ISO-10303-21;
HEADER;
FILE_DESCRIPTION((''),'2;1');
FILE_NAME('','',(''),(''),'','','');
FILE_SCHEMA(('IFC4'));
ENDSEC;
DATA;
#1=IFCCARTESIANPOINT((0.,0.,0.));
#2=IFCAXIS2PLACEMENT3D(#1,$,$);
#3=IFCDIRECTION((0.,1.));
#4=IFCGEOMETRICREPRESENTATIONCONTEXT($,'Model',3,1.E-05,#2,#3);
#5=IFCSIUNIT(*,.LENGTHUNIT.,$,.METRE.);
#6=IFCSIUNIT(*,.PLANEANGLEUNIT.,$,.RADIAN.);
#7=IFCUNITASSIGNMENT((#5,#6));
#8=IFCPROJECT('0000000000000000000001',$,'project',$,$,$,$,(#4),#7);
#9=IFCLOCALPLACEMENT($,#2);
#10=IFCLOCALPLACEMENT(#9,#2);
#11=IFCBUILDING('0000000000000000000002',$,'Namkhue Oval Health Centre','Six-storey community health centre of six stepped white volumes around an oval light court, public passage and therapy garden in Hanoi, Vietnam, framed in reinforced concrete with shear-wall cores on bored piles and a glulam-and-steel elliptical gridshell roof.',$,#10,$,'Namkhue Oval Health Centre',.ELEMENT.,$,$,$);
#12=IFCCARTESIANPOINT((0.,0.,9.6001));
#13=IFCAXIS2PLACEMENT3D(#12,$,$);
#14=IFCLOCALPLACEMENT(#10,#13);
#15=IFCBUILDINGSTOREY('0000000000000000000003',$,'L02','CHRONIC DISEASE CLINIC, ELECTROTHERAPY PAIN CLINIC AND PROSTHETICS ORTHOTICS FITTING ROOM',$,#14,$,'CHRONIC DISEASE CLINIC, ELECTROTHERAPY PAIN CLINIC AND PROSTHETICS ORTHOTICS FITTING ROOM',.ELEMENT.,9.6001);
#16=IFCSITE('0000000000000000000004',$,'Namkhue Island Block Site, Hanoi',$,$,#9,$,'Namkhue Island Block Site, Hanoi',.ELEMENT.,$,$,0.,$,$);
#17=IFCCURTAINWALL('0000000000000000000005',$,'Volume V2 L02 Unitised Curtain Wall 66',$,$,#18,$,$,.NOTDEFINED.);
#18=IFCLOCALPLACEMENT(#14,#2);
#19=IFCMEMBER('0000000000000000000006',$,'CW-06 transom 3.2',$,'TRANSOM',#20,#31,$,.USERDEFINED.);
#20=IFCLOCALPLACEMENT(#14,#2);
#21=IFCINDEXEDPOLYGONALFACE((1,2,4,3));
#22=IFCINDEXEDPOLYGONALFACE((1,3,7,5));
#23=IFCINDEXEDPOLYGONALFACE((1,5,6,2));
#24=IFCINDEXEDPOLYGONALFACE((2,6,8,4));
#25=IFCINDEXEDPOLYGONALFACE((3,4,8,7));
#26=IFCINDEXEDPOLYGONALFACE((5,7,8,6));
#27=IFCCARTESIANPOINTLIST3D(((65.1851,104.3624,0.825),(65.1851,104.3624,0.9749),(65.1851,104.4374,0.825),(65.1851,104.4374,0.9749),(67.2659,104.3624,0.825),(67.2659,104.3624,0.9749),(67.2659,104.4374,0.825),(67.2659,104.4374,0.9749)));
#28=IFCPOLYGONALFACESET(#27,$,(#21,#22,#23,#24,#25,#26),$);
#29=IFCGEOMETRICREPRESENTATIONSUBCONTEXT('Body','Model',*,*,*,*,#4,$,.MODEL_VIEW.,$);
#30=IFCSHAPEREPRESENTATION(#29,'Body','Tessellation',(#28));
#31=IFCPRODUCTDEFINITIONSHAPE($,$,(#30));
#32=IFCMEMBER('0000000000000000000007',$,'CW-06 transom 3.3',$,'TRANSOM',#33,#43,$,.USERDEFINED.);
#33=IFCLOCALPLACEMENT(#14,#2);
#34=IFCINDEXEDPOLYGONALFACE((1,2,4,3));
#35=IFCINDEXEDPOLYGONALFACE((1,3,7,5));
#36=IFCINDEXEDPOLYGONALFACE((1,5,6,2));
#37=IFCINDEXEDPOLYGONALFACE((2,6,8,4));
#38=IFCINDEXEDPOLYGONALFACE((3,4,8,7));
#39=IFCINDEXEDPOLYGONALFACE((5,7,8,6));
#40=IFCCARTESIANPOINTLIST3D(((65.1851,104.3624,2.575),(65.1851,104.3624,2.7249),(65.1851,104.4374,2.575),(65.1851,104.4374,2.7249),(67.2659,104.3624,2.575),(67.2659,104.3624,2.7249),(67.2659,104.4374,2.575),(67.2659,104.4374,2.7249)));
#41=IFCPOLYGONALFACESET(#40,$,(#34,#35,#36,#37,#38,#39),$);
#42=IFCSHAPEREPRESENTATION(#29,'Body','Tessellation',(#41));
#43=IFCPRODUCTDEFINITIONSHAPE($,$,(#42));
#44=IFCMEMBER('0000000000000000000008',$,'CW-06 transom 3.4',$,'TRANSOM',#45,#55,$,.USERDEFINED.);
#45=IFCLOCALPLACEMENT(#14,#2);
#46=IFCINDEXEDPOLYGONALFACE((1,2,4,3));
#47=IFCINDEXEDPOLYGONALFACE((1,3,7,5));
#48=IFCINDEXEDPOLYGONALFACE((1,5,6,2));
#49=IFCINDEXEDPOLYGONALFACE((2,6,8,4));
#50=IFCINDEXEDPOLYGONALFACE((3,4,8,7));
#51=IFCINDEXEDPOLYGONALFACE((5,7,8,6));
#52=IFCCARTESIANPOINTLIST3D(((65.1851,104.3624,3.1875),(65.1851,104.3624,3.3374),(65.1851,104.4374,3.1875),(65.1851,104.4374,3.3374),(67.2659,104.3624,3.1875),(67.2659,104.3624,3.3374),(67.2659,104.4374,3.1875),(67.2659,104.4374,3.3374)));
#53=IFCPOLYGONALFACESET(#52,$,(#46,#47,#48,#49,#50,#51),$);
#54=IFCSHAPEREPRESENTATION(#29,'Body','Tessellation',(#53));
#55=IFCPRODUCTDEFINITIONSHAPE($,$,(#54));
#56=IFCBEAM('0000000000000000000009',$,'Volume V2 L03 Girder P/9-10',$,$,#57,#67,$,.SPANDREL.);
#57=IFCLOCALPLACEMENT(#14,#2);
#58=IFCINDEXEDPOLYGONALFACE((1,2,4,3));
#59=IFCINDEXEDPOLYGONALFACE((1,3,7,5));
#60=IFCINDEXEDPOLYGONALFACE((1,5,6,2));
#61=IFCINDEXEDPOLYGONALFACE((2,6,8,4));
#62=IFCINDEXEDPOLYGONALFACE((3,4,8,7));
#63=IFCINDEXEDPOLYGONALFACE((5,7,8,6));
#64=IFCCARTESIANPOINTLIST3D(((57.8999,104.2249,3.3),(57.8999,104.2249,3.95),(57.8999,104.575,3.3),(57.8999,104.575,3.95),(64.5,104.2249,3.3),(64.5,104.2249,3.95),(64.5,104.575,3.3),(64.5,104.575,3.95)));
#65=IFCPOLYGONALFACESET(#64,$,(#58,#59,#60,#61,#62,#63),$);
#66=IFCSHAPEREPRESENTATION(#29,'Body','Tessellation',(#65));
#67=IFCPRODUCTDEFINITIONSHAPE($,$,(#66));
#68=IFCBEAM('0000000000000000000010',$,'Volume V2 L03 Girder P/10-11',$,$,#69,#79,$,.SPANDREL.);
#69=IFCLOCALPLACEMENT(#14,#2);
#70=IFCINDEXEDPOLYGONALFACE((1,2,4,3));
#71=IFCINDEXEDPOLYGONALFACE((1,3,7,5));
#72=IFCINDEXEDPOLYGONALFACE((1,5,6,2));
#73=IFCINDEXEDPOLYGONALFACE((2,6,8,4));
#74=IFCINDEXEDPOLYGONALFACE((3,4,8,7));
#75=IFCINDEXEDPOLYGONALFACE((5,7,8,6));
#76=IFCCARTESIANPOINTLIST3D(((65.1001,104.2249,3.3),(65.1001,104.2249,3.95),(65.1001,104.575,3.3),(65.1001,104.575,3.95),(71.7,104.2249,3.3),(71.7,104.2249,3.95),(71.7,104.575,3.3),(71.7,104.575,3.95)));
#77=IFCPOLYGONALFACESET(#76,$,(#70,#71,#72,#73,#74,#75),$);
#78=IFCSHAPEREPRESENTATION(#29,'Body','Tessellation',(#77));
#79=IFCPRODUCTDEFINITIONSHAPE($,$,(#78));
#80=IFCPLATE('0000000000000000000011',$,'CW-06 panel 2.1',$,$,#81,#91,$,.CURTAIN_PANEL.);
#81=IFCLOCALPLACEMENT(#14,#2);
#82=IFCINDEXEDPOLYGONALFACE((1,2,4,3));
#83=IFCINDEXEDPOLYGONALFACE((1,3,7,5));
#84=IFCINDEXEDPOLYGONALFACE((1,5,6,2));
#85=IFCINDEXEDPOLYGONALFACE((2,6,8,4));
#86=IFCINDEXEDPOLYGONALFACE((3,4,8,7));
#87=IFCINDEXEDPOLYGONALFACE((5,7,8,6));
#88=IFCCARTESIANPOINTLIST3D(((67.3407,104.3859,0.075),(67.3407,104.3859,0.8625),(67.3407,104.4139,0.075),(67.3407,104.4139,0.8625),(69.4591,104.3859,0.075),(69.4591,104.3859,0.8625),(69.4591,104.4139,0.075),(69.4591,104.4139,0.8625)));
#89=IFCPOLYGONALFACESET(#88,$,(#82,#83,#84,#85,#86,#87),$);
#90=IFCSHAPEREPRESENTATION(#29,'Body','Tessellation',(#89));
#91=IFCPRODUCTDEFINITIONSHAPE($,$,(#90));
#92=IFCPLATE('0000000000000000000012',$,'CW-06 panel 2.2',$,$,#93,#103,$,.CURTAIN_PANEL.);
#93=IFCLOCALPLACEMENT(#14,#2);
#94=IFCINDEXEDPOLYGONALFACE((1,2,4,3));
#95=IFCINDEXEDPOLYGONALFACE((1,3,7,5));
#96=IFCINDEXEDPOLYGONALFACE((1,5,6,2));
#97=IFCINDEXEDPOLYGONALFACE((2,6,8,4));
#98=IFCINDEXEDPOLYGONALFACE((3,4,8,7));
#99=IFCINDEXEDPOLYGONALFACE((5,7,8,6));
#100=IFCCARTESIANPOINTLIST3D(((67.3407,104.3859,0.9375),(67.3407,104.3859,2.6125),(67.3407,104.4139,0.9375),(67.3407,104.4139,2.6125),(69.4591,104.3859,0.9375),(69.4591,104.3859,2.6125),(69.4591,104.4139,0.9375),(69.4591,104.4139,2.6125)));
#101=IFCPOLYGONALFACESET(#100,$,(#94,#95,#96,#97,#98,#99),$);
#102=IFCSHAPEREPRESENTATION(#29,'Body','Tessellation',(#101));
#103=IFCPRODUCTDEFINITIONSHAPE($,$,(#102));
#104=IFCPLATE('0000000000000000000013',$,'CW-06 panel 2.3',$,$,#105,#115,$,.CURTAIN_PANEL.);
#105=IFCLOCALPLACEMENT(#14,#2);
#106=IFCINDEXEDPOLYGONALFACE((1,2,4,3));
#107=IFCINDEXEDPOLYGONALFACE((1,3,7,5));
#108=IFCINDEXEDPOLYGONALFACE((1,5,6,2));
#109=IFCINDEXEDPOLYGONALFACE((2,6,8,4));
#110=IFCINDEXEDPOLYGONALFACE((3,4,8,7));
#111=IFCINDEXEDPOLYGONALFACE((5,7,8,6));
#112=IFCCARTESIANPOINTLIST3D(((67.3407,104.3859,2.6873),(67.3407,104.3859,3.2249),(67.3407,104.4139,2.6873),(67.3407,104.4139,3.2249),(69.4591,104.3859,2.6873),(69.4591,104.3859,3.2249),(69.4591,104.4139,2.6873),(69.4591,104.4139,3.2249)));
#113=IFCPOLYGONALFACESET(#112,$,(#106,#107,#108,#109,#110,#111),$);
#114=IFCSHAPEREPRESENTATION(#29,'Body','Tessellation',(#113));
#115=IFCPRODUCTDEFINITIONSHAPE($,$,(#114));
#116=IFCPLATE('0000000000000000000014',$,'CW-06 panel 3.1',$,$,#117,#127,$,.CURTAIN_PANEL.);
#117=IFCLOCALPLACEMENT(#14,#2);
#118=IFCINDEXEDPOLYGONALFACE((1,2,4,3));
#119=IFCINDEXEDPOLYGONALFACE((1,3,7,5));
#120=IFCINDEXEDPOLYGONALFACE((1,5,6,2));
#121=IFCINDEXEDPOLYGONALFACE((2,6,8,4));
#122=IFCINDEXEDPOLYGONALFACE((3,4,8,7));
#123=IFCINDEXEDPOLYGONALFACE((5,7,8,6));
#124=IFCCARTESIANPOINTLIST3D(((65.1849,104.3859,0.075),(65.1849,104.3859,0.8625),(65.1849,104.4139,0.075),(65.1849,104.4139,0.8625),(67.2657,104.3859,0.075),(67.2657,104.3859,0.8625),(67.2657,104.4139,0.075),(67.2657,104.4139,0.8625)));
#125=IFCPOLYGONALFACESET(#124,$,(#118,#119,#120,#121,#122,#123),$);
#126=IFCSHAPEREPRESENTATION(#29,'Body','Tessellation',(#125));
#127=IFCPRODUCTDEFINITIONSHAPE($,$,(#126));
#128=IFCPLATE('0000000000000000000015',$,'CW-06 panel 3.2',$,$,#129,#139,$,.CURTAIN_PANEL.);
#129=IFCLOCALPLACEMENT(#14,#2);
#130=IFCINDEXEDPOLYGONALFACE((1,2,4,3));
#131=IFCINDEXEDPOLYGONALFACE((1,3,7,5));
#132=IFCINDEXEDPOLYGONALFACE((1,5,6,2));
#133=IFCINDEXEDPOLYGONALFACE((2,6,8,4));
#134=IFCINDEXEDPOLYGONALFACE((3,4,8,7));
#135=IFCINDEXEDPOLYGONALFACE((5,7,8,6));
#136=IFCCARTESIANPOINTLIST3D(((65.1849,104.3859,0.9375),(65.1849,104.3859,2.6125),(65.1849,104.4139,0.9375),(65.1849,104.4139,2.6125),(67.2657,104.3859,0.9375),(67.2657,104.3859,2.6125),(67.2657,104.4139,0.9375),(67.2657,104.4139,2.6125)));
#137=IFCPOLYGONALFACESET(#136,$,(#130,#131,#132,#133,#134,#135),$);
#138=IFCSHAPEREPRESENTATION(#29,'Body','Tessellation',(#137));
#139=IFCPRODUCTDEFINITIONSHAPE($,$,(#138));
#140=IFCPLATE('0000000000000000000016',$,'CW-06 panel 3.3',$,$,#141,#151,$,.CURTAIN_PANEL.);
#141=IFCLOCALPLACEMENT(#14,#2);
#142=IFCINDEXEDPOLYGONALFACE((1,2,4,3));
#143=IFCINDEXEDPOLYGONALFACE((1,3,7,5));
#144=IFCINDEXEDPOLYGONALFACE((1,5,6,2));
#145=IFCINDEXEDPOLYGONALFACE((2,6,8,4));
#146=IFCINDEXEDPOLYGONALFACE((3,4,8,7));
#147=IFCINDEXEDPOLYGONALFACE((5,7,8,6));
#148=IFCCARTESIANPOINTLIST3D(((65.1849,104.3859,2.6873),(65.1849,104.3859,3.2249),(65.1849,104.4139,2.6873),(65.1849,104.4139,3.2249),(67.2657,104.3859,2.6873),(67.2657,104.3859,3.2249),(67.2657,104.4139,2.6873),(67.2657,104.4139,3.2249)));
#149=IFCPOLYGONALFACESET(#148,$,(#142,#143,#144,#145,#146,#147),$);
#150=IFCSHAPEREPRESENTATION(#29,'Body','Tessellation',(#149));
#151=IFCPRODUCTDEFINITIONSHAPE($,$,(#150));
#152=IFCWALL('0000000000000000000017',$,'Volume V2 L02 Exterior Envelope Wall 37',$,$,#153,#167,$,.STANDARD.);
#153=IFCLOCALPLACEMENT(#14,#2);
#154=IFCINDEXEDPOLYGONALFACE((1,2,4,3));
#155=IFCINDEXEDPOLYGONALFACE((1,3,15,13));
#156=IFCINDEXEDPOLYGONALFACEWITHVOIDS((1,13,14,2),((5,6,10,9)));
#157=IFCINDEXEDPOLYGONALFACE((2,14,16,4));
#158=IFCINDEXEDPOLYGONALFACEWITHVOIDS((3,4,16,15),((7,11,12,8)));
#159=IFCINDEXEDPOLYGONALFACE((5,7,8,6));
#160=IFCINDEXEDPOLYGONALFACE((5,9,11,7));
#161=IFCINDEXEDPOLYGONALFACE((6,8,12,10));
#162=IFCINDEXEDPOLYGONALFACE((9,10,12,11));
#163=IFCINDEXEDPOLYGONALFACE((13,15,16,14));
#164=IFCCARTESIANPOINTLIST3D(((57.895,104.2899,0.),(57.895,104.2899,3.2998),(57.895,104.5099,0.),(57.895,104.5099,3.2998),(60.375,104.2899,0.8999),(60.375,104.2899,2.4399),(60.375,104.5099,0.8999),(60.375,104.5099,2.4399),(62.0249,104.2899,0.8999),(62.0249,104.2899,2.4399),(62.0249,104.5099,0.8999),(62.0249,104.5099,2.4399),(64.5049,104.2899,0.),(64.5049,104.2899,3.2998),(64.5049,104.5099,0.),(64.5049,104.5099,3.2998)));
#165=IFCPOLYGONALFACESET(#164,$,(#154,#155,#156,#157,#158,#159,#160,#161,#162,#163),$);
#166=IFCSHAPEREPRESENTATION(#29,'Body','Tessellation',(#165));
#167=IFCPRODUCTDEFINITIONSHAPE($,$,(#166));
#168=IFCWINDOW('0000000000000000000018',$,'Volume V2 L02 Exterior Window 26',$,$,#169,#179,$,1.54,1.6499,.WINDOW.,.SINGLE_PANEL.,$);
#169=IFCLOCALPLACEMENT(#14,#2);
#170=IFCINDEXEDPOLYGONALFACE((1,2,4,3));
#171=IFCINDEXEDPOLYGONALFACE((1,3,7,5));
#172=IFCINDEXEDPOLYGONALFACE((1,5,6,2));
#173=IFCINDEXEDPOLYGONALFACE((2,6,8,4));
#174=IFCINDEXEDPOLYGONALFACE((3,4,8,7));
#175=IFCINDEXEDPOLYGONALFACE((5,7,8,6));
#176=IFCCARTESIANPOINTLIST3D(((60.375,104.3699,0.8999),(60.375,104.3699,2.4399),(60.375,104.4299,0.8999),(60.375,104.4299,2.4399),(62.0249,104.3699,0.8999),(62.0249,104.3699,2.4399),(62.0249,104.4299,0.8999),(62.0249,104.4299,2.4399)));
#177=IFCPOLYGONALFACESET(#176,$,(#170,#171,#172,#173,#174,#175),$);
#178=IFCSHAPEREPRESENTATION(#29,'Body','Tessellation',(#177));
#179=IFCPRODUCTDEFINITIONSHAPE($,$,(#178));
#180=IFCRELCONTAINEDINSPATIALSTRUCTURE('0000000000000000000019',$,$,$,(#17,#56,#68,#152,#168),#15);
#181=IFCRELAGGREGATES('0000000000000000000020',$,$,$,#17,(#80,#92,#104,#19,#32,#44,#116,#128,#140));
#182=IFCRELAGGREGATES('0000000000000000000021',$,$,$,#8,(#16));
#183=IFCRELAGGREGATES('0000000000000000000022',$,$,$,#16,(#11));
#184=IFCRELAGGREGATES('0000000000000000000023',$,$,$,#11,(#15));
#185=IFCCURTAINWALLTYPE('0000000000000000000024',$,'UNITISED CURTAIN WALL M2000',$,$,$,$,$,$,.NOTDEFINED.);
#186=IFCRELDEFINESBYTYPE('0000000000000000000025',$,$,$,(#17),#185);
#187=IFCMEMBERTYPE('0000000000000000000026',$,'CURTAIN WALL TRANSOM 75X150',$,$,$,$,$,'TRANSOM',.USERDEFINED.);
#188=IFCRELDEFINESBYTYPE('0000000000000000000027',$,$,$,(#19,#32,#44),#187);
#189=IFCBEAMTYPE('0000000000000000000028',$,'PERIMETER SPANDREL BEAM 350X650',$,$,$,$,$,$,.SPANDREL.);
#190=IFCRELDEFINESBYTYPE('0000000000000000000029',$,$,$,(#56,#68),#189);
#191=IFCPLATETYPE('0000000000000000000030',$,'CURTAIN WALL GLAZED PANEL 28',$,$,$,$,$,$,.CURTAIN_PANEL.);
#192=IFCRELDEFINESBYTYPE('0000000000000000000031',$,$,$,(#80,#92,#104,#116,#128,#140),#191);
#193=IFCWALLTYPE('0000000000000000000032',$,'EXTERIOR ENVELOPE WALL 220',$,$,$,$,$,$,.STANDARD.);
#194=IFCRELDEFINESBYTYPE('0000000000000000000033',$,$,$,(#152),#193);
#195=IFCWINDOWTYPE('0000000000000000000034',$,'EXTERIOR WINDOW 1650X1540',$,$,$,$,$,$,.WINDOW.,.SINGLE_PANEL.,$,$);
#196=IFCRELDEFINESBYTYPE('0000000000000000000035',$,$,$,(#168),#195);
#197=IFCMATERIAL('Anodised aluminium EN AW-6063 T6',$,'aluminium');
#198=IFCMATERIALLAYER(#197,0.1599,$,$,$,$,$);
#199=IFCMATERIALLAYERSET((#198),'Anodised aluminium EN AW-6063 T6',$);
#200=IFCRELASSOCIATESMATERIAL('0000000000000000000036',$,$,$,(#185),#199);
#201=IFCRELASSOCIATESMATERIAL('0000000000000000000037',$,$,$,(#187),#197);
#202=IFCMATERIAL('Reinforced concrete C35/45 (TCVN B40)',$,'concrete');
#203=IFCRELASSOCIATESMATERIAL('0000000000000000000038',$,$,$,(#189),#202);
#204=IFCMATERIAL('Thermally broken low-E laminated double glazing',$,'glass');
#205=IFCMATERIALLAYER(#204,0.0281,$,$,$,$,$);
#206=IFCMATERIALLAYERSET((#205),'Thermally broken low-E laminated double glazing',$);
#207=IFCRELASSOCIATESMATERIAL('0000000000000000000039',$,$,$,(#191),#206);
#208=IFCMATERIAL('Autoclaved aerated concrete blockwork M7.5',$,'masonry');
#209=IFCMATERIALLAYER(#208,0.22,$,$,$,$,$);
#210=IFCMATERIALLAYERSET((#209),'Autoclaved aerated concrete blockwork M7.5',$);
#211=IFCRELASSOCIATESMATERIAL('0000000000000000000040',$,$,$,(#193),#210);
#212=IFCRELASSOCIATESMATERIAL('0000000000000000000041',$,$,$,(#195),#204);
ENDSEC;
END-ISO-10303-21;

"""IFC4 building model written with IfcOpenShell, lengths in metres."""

from ifc_helpers import new_model, si_unit, direction, frame, frame_2d, origin, origin_2d, place, context, subcontext, project, spatial, rectangle, extrude, material, layer, layer_set, material_profile, profile_set, type_object, element, fill, aggregate, save


model = new_model("IFC4")

# Units and contexts
model_context = context("Model", 3, precision=1e-05, world=origin(), true_north=direction((0.0, 1.0)))
body_context = subcontext(model_context, "Body", "Model", "MODEL_VIEW")
ifc_project = project(units=[si_unit("LENGTHUNIT", "METRE"), si_unit("PLANEANGLEUNIT", "RADIAN")], contexts=[model_context])

# Site, building, storey
site_placement = place(None, origin())
site = spatial("IfcSite", under=ifc_project, at=site_placement, Name="Namkhue Island Block Site, Hanoi", LongName="Namkhue Island Block Site, Hanoi", CompositionType="ELEMENT", RefElevation=0.0)
building_placement = place(site_placement, origin())
building = spatial("IfcBuilding", under=site, at=building_placement, Name="Namkhue Oval Health Centre", Description="Six-storey community health centre of six stepped white volumes around an oval light court, public passage and therapy garden in Hanoi, Vietnam, framed in reinforced concrete with shear-wall cores on bored piles and a glulam-and-steel elliptical gridshell roof.", LongName="Namkhue Oval Health Centre", CompositionType="ELEMENT")
storey_placement = place(building_placement, frame((0.0, 0.0, 9.6001)))
storey = spatial("IfcBuildingStorey", under=building, at=storey_placement, Name="L02", Description="CHRONIC DISEASE CLINIC, ELECTROTHERAPY PAIN CLINIC AND PROSTHETICS ORTHOTICS FITTING ROOM", LongName="CHRONIC DISEASE CLINIC, ELECTROTHERAPY PAIN CLINIC AND PROSTHETICS ORTHOTICS FITTING ROOM", CompositionType="ELEMENT", Elevation=9.6001)

# Shared definitions
ifc_material_1 = material(Name="Reinforced concrete C35/45 (TCVN B40)", Category="concrete")

# Shared definitions
ifc_material_2 = material(Name="Anodised aluminium EN AW-6063 T6", Category="aluminium")

# Curtain wall
ifc_layer_1 = layer(ifc_material_2, 0.1599)
ifc_layer_set_1 = layer_set([ifc_layer_1], Name="Anodised aluminium EN AW-6063 T6")
curtain_wall_type_1 = type_object("IfcCurtainWallType", Name="UNITISED CURTAIN WALL M2000", PredefinedType="NOTDEFINED", material=ifc_layer_set_1)
curtain_wall_1_placement = place(storey_placement, origin())
curtain_wall_1 = element("IfcCurtainWall", 1, at=curtain_wall_1_placement, inside=storey, type_object=curtain_wall_type_1, Name="Volume V2 L02 Unitised Curtain Wall 66", PredefinedType="NOTDEFINED")

# Members
ifc_material_profile_1 = material_profile(ifc_material_2, rectangle(XDim=0.075, YDim=0.1499, at=origin_2d()), Name="ALU 75x150")
ifc_profile_set_1 = profile_set([ifc_material_profile_1], Name="Anodised aluminium EN AW-6063 T6")
member_type_1 = type_object("IfcMemberType", Name="CURTAIN WALL TRANSOM 75X150", ElementType="TRANSOM", PredefinedType="USERDEFINED", material=ifc_profile_set_1)
member_1_placement = place(storey_placement, frame((67.2659, 104.3999, 0.8999), z_axis=(-1.0, 0.0, 0.0), x_axis=(0.0, -1.0, 0.0)))
member_1 = element("IfcMember", 2, at=member_1_placement, type_object=member_type_1, Name="CW-06 transom 3.2", ObjectType="TRANSOM", PredefinedType="USERDEFINED", context=body_context, shape_type="SweptSolid", body=[
    extrude(rectangle(XDim=0.075, YDim=0.1499, at=origin_2d()), origin(), (0.0, 0.0, 1.0), 2.0808),
])
member_2_placement = place(storey_placement, frame((67.2659, 104.3999, 2.6499), z_axis=(-1.0, 0.0, 0.0), x_axis=(0.0, -1.0, 0.0)))
member_2 = element("IfcMember", 3, at=member_2_placement, type_object=member_type_1, Name="CW-06 transom 3.3", ObjectType="TRANSOM", PredefinedType="USERDEFINED", context=body_context, shape_type="SweptSolid", body=[
    extrude(rectangle(XDim=0.075, YDim=0.1499, at=origin_2d()), origin(), (0.0, 0.0, 1.0), 2.0808),
])
member_3_placement = place(storey_placement, frame((67.2659, 104.3999, 3.2625), z_axis=(-1.0, 0.0, 0.0), x_axis=(0.0, -1.0, 0.0)))
member_3 = element("IfcMember", 4, at=member_3_placement, type_object=member_type_1, Name="CW-06 transom 3.4", ObjectType="TRANSOM", PredefinedType="USERDEFINED", context=body_context, shape_type="SweptSolid", body=[
    extrude(rectangle(XDim=0.075, YDim=0.1499, at=origin_2d()), origin(), (0.0, 0.0, 1.0), 2.0808),
])

# Beams
ifc_material_profile_2 = material_profile(ifc_material_1, rectangle(XDim=0.3501, YDim=0.6499, at=origin_2d()), Name="RC 350x650")
ifc_profile_set_2 = profile_set([ifc_material_profile_2], Name="Reinforced concrete C35/45 (TCVN B40)")
beam_type = type_object("IfcBeamType", Name="PERIMETER SPANDREL BEAM 350X650", PredefinedType="SPANDREL", material=ifc_profile_set_2)
beam_1_placement = place(storey_placement, frame((57.8999, 104.3999, 3.625), z_axis=(1.0, 0.0, 0.0), x_axis=(0.0, 1.0, 0.0)))
element("IfcBeam", 5, at=beam_1_placement, inside=storey, type_object=beam_type, Name="Volume V2 L03 Girder P/9-10", PredefinedType="SPANDREL", context=body_context, shape_type="SweptSolid", body=[
    extrude(rectangle(XDim=0.3501, YDim=0.6499, at=origin_2d()), origin(), (0.0, 0.0, 1.0), 6.6001),
])
beam_2_placement = place(storey_placement, frame((65.1001, 104.3999, 3.625), z_axis=(1.0, 0.0, 0.0), x_axis=(0.0, 1.0, 0.0)))
element("IfcBeam", 6, at=beam_2_placement, inside=storey, type_object=beam_type, Name="Volume V2 L03 Girder P/10-11", PredefinedType="SPANDREL", context=body_context, shape_type="SweptSolid", body=[
    extrude(rectangle(XDim=0.3501, YDim=0.6499, at=origin_2d()), origin(), (0.0, 0.0, 1.0), 6.5999),
])

# Plates
ifc_material_3 = material(Name="Thermally broken low-E laminated double glazing", Category="glass")
ifc_layer_2 = layer(ifc_material_3, 0.0281)
ifc_layer_set_2 = layer_set([ifc_layer_2], Name="Thermally broken low-E laminated double glazing")
plate_type = type_object("IfcPlateType", Name="CURTAIN WALL GLAZED PANEL 28", PredefinedType="CURTAIN_PANEL", material=ifc_layer_set_2)
plate_1_placement = place(storey_placement, frame((68.3999, 104.3999, 0.075), z_axis=(0.0, 0.0, 1.0), x_axis=(-1.0, 0.0, 0.0)))
plate_1 = element("IfcPlate", 7, at=plate_1_placement, type_object=plate_type, Name="CW-06 panel 2.1", PredefinedType="CURTAIN_PANEL", context=body_context, shape_type="SweptSolid", body=[
    extrude(rectangle(XDim=2.1184, YDim=0.0281, at=origin_2d()), origin(), (0.0, 0.0, 1.0), 0.7876),
])
plate_2_placement = place(storey_placement, frame((68.3999, 104.3999, 0.9375), z_axis=(0.0, 0.0, 1.0), x_axis=(-1.0, 0.0, 0.0)))
plate_2 = element("IfcPlate", 8, at=plate_2_placement, type_object=plate_type, Name="CW-06 panel 2.2", PredefinedType="CURTAIN_PANEL", context=body_context, shape_type="SweptSolid", body=[
    extrude(rectangle(XDim=2.1184, YDim=0.0281, at=origin_2d()), origin(), (0.0, 0.0, 1.0), 1.675),
])
plate_3_placement = place(storey_placement, frame((68.3999, 104.3999, 2.6873), z_axis=(0.0, 0.0, 1.0), x_axis=(-1.0, 0.0, 0.0)))
plate_3 = element("IfcPlate", 9, at=plate_3_placement, type_object=plate_type, Name="CW-06 panel 2.3", PredefinedType="CURTAIN_PANEL", context=body_context, shape_type="SweptSolid", body=[
    extrude(rectangle(XDim=2.1184, YDim=0.0281, at=origin_2d()), origin(), (0.0, 0.0, 1.0), 0.5376),
])
plate_4_placement = place(storey_placement, frame((66.2253, 104.3999, 0.075), z_axis=(0.0, 0.0, 1.0), x_axis=(-1.0, 0.0, 0.0)))
plate_4 = element("IfcPlate", 10, at=plate_4_placement, type_object=plate_type, Name="CW-06 panel 3.1", PredefinedType="CURTAIN_PANEL", context=body_context, shape_type="SweptSolid", body=[
    extrude(rectangle(XDim=2.0808, YDim=0.0281, at=origin_2d()), origin(), (0.0, 0.0, 1.0), 0.7876),
])
plate_5_placement = place(storey_placement, frame((66.2253, 104.3999, 0.9375), z_axis=(0.0, 0.0, 1.0), x_axis=(-1.0, 0.0, 0.0)))
plate_5 = element("IfcPlate", 11, at=plate_5_placement, type_object=plate_type, Name="CW-06 panel 3.2", PredefinedType="CURTAIN_PANEL", context=body_context, shape_type="SweptSolid", body=[
    extrude(rectangle(XDim=2.0808, YDim=0.0281, at=origin_2d()), origin(), (0.0, 0.0, 1.0), 1.675),
])
plate_6_placement = place(storey_placement, frame((66.2253, 104.3999, 2.6873), z_axis=(0.0, 0.0, 1.0), x_axis=(-1.0, 0.0, 0.0)))
plate_6 = element("IfcPlate", 12, at=plate_6_placement, type_object=plate_type, Name="CW-06 panel 3.3", PredefinedType="CURTAIN_PANEL", context=body_context, shape_type="SweptSolid", body=[
    extrude(rectangle(XDim=2.0808, YDim=0.0281, at=origin_2d()), origin(), (0.0, 0.0, 1.0), 0.5376),
])
aggregate(curtain_wall_1, [plate_1, plate_2, plate_3, member_1, member_2, member_3, plate_4, plate_5, plate_6])

# Wall, opening, window
ifc_material_4 = material(Name="Autoclaved aerated concrete blockwork M7.5", Category="masonry")
ifc_layer_3 = layer(ifc_material_4, 0.22)
ifc_layer_set_3 = layer_set([ifc_layer_3], Name="Autoclaved aerated concrete blockwork M7.5")
wall_type = type_object("IfcWallType", Name="EXTERIOR ENVELOPE WALL 220", PredefinedType="STANDARD", material=ifc_layer_set_3)
wall_placement = place(storey_placement, frame((64.5049, 104.3999, 0.0), z_axis=(0.0, 0.0, 1.0), x_axis=(-1.0, 0.0, 0.0)))
wall = element("IfcWall", 13, at=wall_placement, inside=storey, type_object=wall_type, Name="Volume V2 L02 Exterior Envelope Wall 37", PredefinedType="STANDARD", context=body_context, shape_type="SweptSolid", body=[
    extrude(rectangle(XDim=6.6099, YDim=0.22, at=frame_2d((3.3049, 0.0))), origin(), (0.0, 0.0, 1.0), 3.2998),
])
opening_placement = place(wall_placement, frame((2.48, 0.0, 0.8999)))
opening = element("IfcOpeningElement", 14, at=opening_placement, cuts=wall, PredefinedType="OPENING", context=body_context, shape_type="SweptSolid", body=[
    extrude(rectangle(XDim=1.6499, YDim=1.54, at=frame_2d((0.825, 0.77))), frame((0.0, 0.1199, 0.0), z_axis=(0.0, -1.0, 0.0), x_axis=(1.0, 0.0, 0.0)), (0.0, 0.0, 1.0), 0.24),
])
window_type = type_object("IfcWindowType", Name="EXTERIOR WINDOW 1650X1540", PartitioningType="SINGLE_PANEL", PredefinedType="WINDOW", material=ifc_material_3)
window_placement = place(opening_placement, origin())
window = element("IfcWindow", 15, at=window_placement, inside=storey, type_object=window_type, Name="Volume V2 L02 Exterior Window 26", OverallHeight=1.54, OverallWidth=1.6499, PartitioningType="SINGLE_PANEL", PredefinedType="WINDOW", context=body_context, shape_type="SweptSolid", body=[
    extrude(rectangle(XDim=1.6499, YDim=1.54, at=frame_2d((0.825, 0.77))), frame((0.0, 0.03, 0.0), z_axis=(0.0, -1.0, 0.0), x_axis=(1.0, 0.0, 0.0)), (0.0, 0.0, 1.0), 0.0601),
])
fill(opening, window)

save(model, "model.ifc")
